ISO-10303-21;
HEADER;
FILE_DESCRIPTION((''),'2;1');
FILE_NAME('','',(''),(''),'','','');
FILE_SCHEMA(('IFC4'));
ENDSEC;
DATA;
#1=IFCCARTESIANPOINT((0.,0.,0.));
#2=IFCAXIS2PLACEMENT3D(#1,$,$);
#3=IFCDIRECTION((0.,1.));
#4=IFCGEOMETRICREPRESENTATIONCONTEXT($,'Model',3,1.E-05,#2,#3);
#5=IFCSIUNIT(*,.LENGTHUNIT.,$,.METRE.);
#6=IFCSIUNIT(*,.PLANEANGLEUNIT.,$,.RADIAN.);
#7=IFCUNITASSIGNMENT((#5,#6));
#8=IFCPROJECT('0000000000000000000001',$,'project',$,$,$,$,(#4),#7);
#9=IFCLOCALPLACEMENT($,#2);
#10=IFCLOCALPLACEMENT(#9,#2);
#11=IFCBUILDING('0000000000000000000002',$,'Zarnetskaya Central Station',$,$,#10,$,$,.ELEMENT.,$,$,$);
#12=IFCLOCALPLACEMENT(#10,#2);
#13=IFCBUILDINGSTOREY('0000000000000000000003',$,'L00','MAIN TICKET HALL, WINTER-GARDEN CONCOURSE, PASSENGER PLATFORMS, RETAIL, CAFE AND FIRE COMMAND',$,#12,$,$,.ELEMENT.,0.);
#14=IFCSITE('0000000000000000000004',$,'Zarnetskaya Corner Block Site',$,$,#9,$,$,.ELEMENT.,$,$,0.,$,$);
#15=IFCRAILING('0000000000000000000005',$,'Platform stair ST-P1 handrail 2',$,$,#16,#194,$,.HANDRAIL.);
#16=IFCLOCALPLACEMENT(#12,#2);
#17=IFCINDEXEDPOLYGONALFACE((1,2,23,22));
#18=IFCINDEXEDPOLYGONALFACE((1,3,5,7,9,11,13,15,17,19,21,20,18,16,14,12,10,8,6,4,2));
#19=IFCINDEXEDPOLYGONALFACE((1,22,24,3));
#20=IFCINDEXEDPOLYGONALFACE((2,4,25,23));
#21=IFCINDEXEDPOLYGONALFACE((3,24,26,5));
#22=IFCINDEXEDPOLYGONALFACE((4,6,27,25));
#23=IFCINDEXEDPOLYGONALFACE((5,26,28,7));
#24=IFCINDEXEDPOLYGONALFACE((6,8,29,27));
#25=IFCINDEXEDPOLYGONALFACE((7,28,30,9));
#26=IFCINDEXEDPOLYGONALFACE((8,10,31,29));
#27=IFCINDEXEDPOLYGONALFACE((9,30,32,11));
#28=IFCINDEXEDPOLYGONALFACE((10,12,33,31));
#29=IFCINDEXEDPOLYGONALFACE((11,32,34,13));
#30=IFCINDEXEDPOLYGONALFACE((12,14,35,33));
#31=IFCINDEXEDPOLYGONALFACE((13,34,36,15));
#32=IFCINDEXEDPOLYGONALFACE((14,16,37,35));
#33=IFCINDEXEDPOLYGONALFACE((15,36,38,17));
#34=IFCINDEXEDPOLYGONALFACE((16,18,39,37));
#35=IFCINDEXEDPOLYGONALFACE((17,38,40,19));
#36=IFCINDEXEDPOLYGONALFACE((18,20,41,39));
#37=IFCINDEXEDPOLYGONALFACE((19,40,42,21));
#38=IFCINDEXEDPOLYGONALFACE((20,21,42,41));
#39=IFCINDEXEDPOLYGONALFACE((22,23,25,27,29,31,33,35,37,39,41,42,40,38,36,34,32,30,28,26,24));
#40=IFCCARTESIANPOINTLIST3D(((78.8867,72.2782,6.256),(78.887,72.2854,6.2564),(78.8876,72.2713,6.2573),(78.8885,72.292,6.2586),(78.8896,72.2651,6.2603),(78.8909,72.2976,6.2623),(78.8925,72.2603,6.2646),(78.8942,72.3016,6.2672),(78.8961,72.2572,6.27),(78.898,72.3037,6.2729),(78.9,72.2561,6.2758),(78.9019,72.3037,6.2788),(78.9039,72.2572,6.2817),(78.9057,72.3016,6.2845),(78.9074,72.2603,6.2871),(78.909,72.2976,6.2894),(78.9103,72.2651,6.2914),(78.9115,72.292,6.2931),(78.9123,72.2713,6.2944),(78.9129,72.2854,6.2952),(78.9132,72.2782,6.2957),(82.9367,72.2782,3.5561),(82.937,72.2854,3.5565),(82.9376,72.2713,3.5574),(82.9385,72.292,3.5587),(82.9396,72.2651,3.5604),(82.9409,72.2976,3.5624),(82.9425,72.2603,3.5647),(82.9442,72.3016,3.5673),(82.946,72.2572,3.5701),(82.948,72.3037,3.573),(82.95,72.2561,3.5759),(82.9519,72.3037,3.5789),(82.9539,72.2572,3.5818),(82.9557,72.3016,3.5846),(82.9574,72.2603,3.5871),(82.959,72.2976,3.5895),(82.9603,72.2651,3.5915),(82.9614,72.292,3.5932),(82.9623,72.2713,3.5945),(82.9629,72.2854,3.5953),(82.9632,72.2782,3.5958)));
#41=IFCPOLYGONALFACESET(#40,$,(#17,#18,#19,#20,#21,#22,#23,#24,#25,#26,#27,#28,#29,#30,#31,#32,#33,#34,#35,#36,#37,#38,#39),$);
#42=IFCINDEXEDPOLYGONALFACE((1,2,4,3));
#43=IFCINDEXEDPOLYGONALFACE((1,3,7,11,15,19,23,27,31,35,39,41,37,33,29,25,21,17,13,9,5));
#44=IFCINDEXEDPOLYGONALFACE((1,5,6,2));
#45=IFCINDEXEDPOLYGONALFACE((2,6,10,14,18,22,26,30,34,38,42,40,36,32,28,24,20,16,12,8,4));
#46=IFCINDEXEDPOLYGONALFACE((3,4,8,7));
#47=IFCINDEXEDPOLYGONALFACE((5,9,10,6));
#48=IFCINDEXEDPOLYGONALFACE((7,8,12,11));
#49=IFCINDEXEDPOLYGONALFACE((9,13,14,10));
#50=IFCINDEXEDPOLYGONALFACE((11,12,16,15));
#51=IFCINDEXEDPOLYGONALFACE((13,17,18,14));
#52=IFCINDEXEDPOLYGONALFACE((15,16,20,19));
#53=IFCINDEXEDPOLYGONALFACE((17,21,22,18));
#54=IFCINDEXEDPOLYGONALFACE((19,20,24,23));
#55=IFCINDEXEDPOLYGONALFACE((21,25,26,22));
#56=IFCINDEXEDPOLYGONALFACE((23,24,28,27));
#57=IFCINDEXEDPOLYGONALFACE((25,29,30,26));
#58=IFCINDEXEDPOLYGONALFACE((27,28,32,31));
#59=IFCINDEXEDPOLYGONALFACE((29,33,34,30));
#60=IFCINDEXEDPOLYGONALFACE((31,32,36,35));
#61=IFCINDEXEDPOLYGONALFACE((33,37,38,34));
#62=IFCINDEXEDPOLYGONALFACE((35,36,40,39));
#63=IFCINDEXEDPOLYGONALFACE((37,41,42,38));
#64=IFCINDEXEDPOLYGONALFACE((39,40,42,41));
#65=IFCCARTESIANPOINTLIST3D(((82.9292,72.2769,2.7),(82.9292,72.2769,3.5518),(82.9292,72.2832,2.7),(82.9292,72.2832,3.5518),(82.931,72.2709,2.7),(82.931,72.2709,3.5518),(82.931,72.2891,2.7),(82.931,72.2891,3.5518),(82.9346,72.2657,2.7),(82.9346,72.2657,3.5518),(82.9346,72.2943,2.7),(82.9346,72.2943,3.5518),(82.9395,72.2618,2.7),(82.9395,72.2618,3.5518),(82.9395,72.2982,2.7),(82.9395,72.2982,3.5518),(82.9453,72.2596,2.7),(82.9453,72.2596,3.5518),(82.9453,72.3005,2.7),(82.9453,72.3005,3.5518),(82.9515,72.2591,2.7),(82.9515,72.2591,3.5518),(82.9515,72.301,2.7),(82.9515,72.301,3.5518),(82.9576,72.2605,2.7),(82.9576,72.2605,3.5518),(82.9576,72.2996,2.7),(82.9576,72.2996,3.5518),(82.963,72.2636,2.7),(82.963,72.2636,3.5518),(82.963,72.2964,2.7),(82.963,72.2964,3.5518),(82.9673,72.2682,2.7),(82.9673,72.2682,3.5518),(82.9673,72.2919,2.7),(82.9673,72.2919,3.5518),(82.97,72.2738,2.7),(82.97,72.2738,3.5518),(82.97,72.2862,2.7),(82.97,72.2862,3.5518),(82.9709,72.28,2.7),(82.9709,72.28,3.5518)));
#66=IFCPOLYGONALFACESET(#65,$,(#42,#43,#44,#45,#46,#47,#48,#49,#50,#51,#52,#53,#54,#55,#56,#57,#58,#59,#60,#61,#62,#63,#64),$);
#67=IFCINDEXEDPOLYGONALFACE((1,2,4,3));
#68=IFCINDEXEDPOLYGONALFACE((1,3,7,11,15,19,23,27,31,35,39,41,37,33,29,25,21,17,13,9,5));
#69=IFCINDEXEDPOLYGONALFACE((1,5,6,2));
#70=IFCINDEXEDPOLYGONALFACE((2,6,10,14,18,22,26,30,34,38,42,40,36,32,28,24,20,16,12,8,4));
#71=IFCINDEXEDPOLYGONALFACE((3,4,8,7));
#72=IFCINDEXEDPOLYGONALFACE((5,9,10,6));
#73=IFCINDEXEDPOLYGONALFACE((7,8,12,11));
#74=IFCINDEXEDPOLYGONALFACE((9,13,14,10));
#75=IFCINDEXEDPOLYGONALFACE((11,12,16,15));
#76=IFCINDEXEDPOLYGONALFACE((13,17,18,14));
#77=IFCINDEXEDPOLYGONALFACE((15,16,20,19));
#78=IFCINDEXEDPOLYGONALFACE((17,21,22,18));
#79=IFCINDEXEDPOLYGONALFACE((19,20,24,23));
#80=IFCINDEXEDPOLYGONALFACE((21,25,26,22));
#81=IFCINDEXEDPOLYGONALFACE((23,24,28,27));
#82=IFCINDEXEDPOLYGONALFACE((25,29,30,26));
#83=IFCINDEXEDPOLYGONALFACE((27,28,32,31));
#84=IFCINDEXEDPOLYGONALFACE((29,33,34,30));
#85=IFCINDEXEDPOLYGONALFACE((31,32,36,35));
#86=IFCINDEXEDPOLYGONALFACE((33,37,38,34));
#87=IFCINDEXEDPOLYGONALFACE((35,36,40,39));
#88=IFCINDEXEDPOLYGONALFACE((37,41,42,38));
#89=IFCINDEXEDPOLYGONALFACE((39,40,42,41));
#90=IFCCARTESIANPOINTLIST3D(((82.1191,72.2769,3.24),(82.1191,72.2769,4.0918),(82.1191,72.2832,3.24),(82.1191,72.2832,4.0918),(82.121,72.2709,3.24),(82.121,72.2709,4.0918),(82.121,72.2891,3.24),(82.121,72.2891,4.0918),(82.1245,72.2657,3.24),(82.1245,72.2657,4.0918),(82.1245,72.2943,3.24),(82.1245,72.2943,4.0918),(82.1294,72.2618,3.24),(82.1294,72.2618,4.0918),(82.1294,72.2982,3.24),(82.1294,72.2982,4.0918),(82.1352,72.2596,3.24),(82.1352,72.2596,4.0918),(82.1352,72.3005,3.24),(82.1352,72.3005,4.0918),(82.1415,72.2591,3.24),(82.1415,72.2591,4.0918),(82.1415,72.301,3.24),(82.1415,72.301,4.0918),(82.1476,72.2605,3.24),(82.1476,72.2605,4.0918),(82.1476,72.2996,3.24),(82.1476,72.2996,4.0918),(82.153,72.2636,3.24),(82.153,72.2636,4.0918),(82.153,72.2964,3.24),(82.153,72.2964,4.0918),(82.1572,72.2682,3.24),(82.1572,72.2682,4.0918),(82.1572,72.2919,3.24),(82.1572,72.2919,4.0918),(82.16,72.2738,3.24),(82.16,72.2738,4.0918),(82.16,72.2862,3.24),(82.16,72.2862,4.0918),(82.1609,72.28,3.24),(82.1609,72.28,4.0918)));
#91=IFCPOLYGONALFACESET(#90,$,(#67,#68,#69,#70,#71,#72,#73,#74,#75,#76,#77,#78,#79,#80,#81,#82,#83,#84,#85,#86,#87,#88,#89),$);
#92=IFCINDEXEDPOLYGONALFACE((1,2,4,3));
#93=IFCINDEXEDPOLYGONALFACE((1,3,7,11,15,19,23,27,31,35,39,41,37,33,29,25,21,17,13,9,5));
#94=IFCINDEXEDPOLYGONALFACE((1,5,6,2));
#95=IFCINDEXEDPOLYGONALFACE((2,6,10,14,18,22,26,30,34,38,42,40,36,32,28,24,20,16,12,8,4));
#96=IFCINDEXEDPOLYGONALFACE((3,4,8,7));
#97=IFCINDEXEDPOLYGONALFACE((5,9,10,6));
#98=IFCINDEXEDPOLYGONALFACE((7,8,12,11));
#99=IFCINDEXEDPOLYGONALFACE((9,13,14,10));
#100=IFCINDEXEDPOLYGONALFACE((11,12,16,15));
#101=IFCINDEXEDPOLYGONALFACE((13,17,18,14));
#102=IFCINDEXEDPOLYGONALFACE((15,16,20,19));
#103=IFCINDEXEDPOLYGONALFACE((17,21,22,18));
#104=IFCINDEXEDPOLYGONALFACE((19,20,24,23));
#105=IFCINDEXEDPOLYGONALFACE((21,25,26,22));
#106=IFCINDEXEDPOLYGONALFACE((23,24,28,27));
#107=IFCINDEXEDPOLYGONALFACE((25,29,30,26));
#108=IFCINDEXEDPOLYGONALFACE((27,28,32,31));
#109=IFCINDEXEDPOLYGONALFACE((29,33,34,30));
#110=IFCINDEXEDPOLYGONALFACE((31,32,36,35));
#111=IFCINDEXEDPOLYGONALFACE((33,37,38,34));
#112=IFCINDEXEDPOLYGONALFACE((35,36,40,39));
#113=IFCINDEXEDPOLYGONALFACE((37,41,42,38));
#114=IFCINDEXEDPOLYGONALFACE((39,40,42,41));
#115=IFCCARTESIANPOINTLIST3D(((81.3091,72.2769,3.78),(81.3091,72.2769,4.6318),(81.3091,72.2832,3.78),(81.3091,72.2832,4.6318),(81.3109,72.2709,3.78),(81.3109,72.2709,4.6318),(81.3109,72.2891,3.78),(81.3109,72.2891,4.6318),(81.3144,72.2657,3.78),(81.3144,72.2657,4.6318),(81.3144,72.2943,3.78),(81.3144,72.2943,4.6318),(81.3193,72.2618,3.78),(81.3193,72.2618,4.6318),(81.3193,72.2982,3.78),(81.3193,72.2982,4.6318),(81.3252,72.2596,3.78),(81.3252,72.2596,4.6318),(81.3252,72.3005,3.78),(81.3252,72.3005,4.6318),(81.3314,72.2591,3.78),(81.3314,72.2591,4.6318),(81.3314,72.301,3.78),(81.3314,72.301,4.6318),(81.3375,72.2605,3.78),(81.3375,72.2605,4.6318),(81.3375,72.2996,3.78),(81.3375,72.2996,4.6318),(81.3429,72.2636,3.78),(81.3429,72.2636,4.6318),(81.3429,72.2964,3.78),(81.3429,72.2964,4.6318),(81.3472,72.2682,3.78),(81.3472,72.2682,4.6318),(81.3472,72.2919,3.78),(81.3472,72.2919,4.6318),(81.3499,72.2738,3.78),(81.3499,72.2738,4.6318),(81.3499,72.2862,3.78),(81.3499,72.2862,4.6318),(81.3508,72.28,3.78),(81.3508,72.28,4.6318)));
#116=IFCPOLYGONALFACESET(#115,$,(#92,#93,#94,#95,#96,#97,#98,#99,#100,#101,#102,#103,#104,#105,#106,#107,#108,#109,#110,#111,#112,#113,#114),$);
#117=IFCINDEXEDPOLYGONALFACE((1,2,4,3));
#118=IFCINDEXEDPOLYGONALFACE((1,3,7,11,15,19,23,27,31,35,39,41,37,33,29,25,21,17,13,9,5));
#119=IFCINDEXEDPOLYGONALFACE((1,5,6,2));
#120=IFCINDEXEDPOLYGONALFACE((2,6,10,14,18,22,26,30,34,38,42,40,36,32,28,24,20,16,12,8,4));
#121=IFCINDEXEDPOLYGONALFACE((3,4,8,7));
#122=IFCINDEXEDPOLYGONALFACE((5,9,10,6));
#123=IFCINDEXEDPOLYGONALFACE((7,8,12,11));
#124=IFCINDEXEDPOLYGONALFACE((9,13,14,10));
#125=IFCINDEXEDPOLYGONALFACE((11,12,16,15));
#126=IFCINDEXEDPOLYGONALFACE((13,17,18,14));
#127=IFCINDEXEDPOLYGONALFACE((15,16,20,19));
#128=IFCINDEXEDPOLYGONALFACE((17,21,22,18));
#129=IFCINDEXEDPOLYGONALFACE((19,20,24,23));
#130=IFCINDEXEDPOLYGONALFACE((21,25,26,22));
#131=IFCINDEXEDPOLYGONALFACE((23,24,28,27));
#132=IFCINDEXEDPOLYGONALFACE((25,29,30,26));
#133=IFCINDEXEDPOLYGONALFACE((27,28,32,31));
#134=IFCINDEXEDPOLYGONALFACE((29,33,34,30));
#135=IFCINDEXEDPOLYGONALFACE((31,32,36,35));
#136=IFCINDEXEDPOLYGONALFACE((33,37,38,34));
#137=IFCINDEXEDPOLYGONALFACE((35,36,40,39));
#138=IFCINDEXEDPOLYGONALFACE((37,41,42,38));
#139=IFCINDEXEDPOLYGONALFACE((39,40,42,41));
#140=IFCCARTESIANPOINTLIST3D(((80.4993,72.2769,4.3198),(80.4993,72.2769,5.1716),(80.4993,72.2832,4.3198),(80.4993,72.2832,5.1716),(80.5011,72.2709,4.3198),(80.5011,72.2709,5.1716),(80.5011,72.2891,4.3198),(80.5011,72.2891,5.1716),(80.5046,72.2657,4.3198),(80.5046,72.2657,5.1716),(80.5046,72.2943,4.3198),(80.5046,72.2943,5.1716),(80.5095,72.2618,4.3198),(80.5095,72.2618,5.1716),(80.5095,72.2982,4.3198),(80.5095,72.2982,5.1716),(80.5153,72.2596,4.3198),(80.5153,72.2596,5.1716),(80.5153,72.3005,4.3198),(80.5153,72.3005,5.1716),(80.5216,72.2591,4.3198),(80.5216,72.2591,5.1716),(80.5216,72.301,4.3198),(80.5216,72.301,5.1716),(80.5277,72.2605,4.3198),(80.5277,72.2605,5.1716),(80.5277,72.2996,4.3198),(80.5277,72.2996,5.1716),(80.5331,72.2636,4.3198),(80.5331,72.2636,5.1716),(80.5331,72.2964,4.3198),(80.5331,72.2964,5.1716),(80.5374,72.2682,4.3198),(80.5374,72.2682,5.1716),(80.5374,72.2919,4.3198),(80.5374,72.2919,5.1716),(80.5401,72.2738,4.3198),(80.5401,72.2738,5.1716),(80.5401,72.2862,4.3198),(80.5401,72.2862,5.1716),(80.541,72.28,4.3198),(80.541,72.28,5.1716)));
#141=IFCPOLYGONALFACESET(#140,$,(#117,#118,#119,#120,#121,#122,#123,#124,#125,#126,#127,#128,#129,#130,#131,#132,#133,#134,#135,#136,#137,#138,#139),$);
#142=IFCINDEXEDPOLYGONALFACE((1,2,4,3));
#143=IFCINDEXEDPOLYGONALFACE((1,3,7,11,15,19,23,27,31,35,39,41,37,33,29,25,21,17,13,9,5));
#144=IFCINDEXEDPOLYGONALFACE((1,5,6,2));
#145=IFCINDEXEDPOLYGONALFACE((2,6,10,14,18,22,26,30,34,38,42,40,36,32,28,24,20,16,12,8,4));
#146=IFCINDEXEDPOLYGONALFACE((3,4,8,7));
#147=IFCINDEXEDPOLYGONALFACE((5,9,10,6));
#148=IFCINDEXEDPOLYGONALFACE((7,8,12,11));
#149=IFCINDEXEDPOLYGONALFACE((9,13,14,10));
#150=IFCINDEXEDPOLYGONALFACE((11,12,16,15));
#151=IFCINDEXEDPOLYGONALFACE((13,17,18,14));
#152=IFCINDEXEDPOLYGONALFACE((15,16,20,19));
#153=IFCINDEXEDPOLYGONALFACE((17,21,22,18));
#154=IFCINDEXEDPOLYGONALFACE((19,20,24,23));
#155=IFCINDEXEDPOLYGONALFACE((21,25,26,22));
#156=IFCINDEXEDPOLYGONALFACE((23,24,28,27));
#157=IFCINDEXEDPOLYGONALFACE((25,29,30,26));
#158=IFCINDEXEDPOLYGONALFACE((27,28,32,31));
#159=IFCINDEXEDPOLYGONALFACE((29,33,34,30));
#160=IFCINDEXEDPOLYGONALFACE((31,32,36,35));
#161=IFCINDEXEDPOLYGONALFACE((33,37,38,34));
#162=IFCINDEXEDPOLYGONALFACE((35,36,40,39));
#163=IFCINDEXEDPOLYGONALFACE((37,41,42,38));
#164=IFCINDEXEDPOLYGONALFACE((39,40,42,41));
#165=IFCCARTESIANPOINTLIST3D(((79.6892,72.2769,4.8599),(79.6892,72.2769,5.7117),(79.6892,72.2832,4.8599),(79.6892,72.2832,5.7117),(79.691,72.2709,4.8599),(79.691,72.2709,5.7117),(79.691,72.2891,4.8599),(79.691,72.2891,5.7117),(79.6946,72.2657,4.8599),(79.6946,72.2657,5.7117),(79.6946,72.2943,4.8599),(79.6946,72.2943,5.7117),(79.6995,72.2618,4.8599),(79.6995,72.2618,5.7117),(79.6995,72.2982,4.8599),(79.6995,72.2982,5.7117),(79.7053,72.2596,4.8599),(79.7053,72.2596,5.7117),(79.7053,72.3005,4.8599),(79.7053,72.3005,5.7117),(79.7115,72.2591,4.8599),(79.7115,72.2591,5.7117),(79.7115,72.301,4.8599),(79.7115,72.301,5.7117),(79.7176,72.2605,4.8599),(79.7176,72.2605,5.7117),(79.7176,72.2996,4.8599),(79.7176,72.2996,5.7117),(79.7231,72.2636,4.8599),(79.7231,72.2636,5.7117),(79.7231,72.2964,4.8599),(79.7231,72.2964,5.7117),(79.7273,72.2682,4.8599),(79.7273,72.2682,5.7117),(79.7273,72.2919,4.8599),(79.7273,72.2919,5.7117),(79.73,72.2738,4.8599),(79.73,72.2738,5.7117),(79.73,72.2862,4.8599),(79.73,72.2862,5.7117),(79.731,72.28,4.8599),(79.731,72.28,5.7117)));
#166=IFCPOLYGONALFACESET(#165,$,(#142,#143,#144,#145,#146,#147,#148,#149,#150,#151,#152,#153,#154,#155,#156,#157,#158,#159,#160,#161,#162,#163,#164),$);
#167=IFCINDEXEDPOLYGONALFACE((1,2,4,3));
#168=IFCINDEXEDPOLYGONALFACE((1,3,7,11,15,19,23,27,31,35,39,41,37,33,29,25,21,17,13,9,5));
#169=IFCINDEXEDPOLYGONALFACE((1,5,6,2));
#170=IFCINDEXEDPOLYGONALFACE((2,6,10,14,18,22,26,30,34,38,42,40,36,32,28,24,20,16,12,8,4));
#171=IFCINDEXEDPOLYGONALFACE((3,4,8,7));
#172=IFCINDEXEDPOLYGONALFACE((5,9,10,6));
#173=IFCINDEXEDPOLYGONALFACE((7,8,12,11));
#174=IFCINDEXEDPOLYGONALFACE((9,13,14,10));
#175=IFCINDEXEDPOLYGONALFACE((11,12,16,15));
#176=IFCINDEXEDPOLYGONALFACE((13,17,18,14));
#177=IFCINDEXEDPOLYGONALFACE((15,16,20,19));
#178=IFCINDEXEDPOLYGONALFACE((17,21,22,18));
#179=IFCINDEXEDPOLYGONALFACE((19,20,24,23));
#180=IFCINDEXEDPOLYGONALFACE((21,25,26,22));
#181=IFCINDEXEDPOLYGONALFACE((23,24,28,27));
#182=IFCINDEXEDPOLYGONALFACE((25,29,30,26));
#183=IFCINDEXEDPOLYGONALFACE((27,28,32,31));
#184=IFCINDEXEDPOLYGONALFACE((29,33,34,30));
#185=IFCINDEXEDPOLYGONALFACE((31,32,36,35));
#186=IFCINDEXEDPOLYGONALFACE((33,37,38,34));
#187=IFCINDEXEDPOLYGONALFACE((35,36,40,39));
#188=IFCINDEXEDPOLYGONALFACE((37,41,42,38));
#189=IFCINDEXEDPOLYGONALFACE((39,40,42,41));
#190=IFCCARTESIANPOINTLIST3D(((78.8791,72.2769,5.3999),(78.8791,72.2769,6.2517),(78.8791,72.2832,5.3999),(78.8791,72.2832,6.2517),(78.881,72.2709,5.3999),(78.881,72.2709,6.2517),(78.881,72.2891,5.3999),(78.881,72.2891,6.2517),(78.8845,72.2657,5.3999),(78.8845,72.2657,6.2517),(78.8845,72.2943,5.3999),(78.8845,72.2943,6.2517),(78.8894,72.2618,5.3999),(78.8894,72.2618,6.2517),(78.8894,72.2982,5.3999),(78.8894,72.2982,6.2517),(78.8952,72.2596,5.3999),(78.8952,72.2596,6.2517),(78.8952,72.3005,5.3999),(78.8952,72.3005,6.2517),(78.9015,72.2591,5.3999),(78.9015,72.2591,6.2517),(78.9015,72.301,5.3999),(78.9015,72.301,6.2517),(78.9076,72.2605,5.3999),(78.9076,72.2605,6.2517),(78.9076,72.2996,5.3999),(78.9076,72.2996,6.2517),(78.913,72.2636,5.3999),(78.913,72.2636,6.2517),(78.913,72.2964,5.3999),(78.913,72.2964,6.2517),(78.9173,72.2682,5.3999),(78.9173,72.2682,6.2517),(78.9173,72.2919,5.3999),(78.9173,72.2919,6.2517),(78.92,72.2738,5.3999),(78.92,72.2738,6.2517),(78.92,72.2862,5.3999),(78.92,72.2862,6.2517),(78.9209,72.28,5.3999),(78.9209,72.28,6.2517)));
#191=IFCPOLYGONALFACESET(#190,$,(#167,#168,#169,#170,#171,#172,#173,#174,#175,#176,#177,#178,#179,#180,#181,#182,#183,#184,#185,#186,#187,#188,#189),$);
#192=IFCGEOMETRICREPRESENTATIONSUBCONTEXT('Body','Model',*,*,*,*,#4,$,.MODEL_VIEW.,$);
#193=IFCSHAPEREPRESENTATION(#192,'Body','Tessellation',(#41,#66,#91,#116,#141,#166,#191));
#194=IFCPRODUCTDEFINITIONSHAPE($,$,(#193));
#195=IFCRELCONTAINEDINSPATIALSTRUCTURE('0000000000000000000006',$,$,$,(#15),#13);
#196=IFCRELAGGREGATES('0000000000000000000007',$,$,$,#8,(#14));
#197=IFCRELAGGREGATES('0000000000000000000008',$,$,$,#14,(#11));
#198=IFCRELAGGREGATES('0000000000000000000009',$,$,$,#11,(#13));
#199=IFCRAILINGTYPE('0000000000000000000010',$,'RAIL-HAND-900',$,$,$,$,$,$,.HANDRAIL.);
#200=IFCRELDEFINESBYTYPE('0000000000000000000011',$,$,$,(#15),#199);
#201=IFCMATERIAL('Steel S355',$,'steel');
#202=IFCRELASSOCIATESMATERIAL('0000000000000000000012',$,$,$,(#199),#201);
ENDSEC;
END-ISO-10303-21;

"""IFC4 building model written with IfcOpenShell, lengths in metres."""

from ifc_helpers import new_model, si_unit, direction, frame, origin, origin_2d, place, context, subcontext, project, spatial, circle, extrude, material, type_object, element, save


model = new_model("IFC4")

# Units and contexts
model_context = context("Model", 3, precision=1e-05, world=origin(), true_north=direction((0.0, 1.0)))
body_context = subcontext(model_context, "Body", "Model", "MODEL_VIEW")
ifc_project = project(units=[si_unit("LENGTHUNIT", "METRE"), si_unit("PLANEANGLEUNIT", "RADIAN")], contexts=[model_context])

# Site, building, storey
site_placement = place(None, origin())
site = spatial("IfcSite", under=ifc_project, at=site_placement, Name="Zarnetskaya Corner Block Site", CompositionType="ELEMENT", RefElevation=0.0)
building_placement = place(site_placement, origin())
building = spatial("IfcBuilding", under=site, at=building_placement, Name="Zarnetskaya Central Station", CompositionType="ELEMENT")
storey_placement = place(building_placement, origin())
storey = spatial("IfcBuildingStorey", under=building, at=storey_placement, Name="L00", Description="MAIN TICKET HALL, WINTER-GARDEN CONCOURSE, PASSENGER PLATFORMS, RETAIL, CAFE AND FIRE COMMAND", CompositionType="ELEMENT", Elevation=0.0)

# Shared definitions
ifc_material = material(Name="Steel S355", Category="steel")

# Railing
railing_type_1 = type_object("IfcRailingType", Name="RAIL-HAND-900", PredefinedType="HANDRAIL", material=ifc_material)
railing_1_placement = place(storey_placement, frame((82.95, 72.28, 2.7)))
element("IfcRailing", 1, at=railing_1_placement, inside=storey, type_object=railing_type_1, Name="Platform stair ST-P1 handrail 2", PredefinedType="HANDRAIL", context=body_context, shape_type="SweptSolid", body=[
    extrude(circle(Radius=0.0239, at=origin_2d()), frame((0.0, 0.0, 0.876), z_axis=(-0.832058, 0.0, 0.554689), x_axis=(0.0, -1.0, 0.0)), (0.0, 0.0, 1.0), 4.8674),
    extrude(circle(Radius=0.021, at=origin_2d()), origin(), (0.0, 0.0, 1.0), 0.8518),
    extrude(circle(Radius=0.021, at=origin_2d()), frame((-0.8101, 0.0, 0.54)), (0.0, 0.0, 1.0), 0.8518),
    extrude(circle(Radius=0.021, at=origin_2d()), frame((-1.6201, 0.0, 1.0801)), (0.0, 0.0, 1.0), 0.8518),
    extrude(circle(Radius=0.021, at=origin_2d()), frame((-2.4299, 0.0, 1.6199)), (0.0, 0.0, 1.0), 0.8518),
    extrude(circle(Radius=0.021, at=origin_2d()), frame((-3.24, 0.0, 2.1599)), (0.0, 0.0, 1.0), 0.8518),
    extrude(circle(Radius=0.021, at=origin_2d()), frame((-4.05, 0.0, 2.7)), (0.0, 0.0, 1.0), 0.8518),
])

save(model, "model.ifc")
